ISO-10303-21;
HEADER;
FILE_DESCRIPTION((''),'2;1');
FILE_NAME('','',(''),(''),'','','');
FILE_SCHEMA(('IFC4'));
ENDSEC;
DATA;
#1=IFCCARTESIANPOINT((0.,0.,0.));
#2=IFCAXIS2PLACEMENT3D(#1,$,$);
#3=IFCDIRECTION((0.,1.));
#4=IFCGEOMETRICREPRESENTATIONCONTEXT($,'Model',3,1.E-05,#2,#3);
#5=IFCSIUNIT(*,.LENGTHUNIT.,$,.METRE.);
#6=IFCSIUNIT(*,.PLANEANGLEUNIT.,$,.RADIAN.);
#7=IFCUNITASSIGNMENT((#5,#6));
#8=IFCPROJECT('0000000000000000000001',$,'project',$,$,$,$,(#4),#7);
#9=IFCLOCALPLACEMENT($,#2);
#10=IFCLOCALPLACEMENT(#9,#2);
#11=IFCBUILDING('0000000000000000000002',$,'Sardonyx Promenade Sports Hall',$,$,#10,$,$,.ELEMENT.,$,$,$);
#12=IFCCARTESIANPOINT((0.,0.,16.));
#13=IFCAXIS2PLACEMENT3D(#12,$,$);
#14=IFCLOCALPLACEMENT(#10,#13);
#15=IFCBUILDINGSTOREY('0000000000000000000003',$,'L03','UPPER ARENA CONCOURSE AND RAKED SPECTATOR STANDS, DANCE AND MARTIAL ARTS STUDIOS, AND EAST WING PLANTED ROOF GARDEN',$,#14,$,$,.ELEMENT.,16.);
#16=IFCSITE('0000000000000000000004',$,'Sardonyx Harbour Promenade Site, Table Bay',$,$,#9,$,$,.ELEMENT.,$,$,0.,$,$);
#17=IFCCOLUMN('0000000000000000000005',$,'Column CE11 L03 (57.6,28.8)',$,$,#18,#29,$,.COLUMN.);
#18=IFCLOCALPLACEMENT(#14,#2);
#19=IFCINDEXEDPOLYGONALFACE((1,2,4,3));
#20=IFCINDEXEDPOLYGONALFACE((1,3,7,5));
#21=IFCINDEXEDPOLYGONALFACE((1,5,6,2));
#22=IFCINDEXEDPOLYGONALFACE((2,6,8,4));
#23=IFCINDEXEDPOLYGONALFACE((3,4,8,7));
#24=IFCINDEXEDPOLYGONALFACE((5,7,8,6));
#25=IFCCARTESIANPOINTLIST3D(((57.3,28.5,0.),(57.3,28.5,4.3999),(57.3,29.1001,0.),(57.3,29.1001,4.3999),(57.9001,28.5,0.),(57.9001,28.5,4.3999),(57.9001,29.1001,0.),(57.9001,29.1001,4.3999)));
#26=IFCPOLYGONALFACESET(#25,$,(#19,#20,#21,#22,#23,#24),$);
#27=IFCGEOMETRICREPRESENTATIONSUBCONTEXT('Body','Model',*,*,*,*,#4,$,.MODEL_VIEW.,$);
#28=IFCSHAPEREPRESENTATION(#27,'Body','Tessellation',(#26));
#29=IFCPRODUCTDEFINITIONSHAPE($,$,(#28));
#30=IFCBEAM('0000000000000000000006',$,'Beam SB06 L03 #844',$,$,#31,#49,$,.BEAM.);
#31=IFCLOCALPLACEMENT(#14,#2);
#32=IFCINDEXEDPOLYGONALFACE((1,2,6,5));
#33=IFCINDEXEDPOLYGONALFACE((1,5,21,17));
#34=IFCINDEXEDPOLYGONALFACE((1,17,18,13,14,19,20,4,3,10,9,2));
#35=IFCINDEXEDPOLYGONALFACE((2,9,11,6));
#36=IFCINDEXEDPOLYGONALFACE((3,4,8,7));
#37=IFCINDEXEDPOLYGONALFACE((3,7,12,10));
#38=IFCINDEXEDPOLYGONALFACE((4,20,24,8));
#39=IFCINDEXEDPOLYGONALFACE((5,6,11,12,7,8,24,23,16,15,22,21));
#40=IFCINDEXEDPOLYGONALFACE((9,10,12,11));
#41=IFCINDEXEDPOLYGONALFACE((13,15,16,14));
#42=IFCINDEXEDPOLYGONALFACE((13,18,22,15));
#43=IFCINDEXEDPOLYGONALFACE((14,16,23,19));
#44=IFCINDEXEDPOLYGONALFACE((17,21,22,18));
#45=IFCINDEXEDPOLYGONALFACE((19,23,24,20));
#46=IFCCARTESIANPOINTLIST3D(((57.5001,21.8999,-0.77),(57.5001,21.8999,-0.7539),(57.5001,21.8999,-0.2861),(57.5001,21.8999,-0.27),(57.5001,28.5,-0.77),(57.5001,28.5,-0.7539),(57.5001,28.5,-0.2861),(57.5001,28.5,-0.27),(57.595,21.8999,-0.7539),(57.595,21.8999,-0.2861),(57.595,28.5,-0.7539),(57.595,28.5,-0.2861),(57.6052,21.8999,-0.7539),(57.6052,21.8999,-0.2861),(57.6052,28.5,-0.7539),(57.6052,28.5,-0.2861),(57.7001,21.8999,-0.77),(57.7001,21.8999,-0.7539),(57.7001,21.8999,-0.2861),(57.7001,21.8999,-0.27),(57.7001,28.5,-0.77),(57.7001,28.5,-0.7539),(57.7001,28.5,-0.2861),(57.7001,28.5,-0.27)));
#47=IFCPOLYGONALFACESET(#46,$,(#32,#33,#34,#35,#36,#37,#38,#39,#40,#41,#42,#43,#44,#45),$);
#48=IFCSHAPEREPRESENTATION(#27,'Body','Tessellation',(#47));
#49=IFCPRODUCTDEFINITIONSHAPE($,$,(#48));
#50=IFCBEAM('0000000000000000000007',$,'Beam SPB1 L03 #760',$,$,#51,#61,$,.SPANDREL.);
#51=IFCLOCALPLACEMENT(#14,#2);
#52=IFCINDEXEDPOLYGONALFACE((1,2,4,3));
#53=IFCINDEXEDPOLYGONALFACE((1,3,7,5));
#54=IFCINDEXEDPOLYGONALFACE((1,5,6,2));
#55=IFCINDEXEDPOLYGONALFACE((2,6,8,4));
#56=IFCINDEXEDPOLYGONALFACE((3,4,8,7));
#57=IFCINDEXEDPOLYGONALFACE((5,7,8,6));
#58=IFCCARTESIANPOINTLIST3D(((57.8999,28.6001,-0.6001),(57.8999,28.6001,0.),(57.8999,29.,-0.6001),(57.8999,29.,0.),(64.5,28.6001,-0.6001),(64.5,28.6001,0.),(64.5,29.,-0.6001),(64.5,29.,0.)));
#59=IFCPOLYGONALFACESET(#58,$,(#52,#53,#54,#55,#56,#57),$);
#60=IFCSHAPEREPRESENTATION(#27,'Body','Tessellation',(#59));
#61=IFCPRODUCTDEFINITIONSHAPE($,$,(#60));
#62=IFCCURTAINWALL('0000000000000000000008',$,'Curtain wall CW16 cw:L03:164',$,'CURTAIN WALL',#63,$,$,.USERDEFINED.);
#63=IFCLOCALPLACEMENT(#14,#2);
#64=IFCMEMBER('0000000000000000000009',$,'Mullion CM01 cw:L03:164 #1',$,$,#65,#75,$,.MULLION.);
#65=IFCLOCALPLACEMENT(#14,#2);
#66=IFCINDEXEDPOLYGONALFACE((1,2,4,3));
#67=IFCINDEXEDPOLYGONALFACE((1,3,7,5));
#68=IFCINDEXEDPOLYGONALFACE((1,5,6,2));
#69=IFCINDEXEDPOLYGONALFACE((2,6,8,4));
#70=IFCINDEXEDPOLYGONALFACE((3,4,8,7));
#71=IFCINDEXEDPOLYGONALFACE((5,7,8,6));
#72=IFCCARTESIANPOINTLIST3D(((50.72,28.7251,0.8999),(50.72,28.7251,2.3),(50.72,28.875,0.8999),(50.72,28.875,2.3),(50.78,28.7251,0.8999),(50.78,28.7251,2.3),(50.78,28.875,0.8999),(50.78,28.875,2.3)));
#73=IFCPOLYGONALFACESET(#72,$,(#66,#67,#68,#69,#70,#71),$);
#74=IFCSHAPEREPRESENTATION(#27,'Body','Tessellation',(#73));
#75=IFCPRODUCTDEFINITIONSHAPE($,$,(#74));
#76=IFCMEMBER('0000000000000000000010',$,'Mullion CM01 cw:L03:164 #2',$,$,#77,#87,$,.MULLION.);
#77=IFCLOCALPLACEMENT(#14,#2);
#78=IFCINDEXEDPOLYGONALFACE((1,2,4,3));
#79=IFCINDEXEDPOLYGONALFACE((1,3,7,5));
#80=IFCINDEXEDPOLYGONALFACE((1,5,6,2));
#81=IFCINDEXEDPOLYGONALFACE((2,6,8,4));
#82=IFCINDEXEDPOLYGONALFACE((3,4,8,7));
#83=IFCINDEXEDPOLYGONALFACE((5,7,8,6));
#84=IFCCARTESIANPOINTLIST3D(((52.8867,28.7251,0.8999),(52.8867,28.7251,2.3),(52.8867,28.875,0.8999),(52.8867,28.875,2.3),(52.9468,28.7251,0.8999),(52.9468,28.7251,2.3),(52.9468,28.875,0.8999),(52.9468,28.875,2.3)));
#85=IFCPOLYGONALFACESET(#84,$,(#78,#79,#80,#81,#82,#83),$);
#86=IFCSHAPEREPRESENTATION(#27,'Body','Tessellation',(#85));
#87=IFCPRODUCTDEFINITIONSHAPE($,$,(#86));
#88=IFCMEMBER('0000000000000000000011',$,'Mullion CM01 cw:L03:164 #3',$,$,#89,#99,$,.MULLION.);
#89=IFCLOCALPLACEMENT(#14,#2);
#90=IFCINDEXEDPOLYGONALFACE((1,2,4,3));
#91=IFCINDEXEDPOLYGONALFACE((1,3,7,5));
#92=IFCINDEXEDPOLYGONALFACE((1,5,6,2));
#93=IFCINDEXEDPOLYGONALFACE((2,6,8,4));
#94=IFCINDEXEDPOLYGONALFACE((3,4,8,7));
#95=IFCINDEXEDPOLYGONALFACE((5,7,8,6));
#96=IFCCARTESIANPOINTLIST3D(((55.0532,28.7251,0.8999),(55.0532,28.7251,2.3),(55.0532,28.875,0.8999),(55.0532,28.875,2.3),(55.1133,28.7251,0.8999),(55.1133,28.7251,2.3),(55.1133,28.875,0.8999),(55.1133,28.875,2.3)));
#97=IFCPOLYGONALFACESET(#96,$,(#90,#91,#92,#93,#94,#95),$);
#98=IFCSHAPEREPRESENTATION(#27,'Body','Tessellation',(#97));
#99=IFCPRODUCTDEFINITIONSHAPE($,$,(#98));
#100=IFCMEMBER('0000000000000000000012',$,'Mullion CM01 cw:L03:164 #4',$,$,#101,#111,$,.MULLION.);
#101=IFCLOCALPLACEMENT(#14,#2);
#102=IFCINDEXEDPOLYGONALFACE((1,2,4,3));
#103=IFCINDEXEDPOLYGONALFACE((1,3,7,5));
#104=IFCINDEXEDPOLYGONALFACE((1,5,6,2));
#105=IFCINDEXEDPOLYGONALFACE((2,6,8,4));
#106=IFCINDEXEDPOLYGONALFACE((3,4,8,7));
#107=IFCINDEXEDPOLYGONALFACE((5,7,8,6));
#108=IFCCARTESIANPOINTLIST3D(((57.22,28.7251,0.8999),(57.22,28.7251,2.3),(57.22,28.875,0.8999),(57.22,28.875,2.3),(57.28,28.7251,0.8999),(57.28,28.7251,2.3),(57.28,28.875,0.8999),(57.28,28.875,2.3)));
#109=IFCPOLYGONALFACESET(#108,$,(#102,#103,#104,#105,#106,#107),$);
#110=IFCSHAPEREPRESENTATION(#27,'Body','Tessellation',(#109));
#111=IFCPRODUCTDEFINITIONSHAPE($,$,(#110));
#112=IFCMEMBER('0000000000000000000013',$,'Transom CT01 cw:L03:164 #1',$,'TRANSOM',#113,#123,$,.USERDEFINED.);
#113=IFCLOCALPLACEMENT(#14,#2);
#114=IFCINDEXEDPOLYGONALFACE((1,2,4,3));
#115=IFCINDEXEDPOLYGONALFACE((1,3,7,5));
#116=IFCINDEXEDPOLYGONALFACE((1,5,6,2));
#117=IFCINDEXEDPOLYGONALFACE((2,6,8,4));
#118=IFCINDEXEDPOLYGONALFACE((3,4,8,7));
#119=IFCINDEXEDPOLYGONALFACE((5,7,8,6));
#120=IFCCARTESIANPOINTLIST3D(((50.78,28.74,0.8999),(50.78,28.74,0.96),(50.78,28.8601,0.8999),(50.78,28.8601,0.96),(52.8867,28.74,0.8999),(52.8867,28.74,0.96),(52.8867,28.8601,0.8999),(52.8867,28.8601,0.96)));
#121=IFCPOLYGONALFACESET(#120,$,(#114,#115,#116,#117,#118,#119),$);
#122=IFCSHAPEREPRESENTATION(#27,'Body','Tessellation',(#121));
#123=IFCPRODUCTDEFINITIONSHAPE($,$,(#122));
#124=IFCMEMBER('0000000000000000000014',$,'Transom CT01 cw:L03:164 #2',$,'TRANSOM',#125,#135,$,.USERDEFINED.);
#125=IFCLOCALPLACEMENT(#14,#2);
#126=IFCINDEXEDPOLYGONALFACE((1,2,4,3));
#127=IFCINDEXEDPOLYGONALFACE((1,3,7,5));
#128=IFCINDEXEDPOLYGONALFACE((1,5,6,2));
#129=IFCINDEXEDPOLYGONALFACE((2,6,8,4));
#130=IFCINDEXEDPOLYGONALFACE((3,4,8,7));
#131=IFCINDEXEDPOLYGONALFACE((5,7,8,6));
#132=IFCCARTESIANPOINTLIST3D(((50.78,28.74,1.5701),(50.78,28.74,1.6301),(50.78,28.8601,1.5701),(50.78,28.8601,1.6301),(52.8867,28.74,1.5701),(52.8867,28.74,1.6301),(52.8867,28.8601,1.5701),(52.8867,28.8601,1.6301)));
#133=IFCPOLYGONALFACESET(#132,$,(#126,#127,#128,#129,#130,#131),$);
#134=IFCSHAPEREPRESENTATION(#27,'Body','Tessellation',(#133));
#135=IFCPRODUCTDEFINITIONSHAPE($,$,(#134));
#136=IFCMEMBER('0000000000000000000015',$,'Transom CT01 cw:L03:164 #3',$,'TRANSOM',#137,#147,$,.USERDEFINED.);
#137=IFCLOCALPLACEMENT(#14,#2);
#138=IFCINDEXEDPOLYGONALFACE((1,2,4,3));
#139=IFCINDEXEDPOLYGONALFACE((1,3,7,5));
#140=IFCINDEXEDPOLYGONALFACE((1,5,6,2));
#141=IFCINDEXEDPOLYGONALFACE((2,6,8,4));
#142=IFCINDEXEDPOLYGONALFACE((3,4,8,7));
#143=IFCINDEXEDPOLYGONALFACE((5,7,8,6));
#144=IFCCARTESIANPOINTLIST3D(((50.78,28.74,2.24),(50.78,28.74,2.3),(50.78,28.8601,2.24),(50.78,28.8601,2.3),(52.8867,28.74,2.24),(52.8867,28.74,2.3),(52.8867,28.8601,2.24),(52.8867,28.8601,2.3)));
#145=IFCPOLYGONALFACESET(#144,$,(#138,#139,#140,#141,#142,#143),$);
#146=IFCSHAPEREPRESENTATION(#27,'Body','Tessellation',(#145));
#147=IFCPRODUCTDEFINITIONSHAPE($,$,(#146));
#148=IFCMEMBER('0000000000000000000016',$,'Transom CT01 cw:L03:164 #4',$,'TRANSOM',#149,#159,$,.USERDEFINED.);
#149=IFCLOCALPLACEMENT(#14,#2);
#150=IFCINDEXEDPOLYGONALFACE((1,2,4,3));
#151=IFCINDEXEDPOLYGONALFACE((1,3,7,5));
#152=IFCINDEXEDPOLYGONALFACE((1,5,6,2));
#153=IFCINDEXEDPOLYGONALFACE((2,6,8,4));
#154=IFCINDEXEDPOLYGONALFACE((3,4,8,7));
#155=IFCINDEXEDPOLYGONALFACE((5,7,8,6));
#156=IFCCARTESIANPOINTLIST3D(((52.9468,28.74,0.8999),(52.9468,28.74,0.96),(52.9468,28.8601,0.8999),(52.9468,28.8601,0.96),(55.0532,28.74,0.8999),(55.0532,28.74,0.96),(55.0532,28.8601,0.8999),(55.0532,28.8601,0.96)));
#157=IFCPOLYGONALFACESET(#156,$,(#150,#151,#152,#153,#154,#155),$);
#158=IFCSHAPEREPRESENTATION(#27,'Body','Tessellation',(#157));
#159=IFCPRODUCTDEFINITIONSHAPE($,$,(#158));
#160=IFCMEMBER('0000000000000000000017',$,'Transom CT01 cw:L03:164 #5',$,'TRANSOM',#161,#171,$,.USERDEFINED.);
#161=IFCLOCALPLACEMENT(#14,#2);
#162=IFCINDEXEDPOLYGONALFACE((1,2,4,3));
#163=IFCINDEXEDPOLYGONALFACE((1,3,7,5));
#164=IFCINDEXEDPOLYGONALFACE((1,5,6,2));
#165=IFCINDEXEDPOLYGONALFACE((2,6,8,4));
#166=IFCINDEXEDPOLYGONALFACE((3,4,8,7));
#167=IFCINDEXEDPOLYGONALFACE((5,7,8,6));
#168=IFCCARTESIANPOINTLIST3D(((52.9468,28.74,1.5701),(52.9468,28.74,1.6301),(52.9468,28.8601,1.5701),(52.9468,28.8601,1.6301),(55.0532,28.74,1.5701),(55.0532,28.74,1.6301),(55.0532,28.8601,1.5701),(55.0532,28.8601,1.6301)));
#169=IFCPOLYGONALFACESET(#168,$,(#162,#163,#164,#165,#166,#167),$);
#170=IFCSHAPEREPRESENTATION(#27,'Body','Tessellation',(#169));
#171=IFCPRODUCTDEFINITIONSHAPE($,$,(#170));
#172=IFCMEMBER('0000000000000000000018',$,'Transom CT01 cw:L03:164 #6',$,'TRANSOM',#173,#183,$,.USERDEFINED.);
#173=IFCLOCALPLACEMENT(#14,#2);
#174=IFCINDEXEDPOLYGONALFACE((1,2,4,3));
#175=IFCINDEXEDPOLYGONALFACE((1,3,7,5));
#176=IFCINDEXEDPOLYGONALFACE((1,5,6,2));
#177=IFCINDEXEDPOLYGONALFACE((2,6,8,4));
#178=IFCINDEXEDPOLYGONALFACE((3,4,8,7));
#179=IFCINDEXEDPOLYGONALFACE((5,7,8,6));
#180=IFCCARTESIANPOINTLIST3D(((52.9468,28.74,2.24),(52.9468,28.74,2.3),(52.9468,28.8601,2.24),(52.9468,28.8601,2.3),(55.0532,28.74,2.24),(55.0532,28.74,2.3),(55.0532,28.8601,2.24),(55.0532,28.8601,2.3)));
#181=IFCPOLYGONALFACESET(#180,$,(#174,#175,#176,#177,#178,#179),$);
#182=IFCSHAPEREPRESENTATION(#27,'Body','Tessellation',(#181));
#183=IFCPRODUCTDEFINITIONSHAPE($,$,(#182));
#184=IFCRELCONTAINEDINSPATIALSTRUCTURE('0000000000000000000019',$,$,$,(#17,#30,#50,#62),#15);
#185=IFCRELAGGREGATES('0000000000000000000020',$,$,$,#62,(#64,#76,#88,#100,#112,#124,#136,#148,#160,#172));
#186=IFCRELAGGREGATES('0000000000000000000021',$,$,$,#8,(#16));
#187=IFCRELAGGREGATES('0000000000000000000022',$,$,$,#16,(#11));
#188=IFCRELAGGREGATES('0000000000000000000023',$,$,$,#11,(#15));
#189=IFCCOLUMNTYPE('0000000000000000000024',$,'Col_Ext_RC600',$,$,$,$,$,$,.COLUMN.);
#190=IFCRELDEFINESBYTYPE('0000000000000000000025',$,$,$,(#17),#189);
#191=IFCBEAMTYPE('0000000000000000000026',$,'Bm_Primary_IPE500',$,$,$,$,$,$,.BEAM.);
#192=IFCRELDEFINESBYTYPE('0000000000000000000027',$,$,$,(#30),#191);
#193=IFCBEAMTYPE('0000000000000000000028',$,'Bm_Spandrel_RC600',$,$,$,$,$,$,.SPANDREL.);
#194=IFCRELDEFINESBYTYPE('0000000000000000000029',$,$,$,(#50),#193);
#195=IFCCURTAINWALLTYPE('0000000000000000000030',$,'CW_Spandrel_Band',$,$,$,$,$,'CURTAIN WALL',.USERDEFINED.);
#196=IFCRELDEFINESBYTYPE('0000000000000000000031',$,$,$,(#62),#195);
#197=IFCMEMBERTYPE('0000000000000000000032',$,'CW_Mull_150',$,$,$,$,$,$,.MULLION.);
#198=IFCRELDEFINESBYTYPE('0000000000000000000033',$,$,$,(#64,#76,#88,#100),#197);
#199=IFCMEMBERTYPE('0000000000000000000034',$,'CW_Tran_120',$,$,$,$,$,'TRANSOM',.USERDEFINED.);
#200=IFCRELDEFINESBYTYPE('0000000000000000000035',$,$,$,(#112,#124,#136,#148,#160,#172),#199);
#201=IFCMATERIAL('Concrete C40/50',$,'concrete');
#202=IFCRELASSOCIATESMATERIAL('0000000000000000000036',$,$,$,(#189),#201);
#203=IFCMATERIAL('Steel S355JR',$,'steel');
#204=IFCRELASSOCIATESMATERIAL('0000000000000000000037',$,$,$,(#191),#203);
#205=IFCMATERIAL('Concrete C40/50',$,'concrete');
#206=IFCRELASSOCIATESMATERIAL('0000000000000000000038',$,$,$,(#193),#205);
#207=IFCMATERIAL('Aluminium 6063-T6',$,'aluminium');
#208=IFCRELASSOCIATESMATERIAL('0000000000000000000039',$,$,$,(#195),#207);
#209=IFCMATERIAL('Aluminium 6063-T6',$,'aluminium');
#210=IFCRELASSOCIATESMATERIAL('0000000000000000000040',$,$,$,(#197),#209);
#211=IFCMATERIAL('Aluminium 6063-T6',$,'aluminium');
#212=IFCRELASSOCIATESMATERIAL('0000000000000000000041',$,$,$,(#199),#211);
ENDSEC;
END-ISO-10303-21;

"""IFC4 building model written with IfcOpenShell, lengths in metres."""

from ifc_helpers import new_model, si_unit, direction, frame, origin, origin_2d, place, context, subcontext, project, spatial, rectangle, i_section, extrude, material, material_profile, profile_set, type_object, element, aggregate, save


model = new_model("IFC4")

# Units and contexts
model_context = context("Model", 3, precision=1e-05, world=origin(), true_north=direction((0.0, 1.0)))
body_context = subcontext(model_context, "Body", "Model", "MODEL_VIEW")
ifc_project = project(units=[si_unit("LENGTHUNIT", "METRE"), si_unit("PLANEANGLEUNIT", "RADIAN")], contexts=[model_context])

# Site, building, storey
site_placement = place(None, origin())
site = spatial("IfcSite", under=ifc_project, at=site_placement, Name="Sardonyx Harbour Promenade Site, Table Bay", CompositionType="ELEMENT", RefElevation=0.0)
building_placement = place(site_placement, origin())
building = spatial("IfcBuilding", under=site, at=building_placement, Name="Sardonyx Promenade Sports Hall", CompositionType="ELEMENT")
storey_placement = place(building_placement, frame((0.0, 0.0, 16.0)))
storey = spatial("IfcBuildingStorey", under=building, at=storey_placement, Name="L03", Description="UPPER ARENA CONCOURSE AND RAKED SPECTATOR STANDS, DANCE AND MARTIAL ARTS STUDIOS, AND EAST WING PLANTED ROOF GARDEN", CompositionType="ELEMENT", Elevation=16.0)

# Column
ifc_material_1 = material(Name="Concrete C40/50", Category="concrete")
ifc_material_profile_1 = material_profile(ifc_material_1, rectangle(XDim=0.6001, YDim=0.6001, at=origin_2d()))
ifc_profile_set_1 = profile_set([ifc_material_profile_1], Name="Concrete C40/50")
column_type = type_object("IfcColumnType", Name="Col_Ext_RC600", PredefinedType="COLUMN", material=ifc_profile_set_1)
column_placement = place(storey_placement, frame((57.6001, 28.8, 0.0), z_axis=(0.0, 0.0, 1.0), x_axis=(1.0, 0.0, 0.0)))
element("IfcColumn", 1, at=column_placement, inside=storey, type_object=column_type, Name="Column CE11 L03 (57.6,28.8)", PredefinedType="COLUMN", context=body_context, shape_type="SweptSolid", body=[
    extrude(rectangle(XDim=0.6001, YDim=0.6001, at=origin_2d()), origin(), (0.0, 0.0, 1.0), 4.3999),
])

# Beams
ifc_material_2 = material(Name="Steel S355JR", Category="steel")
ifc_material_profile_2 = material_profile(ifc_material_2, i_section(OverallWidth=0.2, OverallDepth=0.5, WebThickness=0.0103, FlangeThickness=0.0161, at=origin_2d()))
ifc_profile_set_2 = profile_set([ifc_material_profile_2], Name="Steel S355JR")
beam_type_1 = type_object("IfcBeamType", Name="Bm_Primary_IPE500", PredefinedType="BEAM", material=ifc_profile_set_2)
beam_1_placement = place(storey_placement, frame((57.6001, 21.8999, -0.52), z_axis=(0.0, 1.0, 0.0), x_axis=(-1.0, 0.0, 0.0)))
element("IfcBeam", 2, at=beam_1_placement, inside=storey, type_object=beam_type_1, Name="Beam SB06 L03 #844", PredefinedType="BEAM", context=body_context, shape_type="SweptSolid", body=[
    extrude(i_section(OverallWidth=0.2, OverallDepth=0.5, WebThickness=0.0103, FlangeThickness=0.0161, at=origin_2d()), origin(), (0.0, 0.0, 1.0), 6.6001),
])
ifc_material_3 = material(Name="Concrete C40/50", Category="concrete")
ifc_material_profile_3 = material_profile(ifc_material_3, rectangle(XDim=0.3999, YDim=0.6001, at=origin_2d()))
ifc_profile_set_3 = profile_set([ifc_material_profile_3], Name="Concrete C40/50")
beam_type_2 = type_object("IfcBeamType", Name="Bm_Spandrel_RC600", PredefinedType="SPANDREL", material=ifc_profile_set_3)
beam_2_placement = place(storey_placement, frame((57.8999, 28.8, -0.3), z_axis=(1.0, 0.0, 0.0), x_axis=(0.0, 1.0, 0.0)))
element("IfcBeam", 3, at=beam_2_placement, inside=storey, type_object=beam_type_2, Name="Beam SPB1 L03 #760", PredefinedType="SPANDREL", context=body_context, shape_type="SweptSolid", body=[
    extrude(rectangle(XDim=0.3999, YDim=0.6001, at=origin_2d()), origin(), (0.0, 0.0, 1.0), 6.6001),
])

# Curtain wall, members
ifc_material_4 = material(Name="Aluminium 6063-T6", Category="aluminium")
curtain_wall_type = type_object("IfcCurtainWallType", Name="CW_Spandrel_Band", ElementType="CURTAIN WALL", PredefinedType="USERDEFINED", material=ifc_material_4)
curtain_wall_placement = place(storey_placement, origin())
curtain_wall = element("IfcCurtainWall", 4, at=curtain_wall_placement, inside=storey, type_object=curtain_wall_type, Name="Curtain wall CW16 cw:L03:164", ObjectType="CURTAIN WALL", PredefinedType="USERDEFINED")
ifc_material_5 = material(Name="Aluminium 6063-T6", Category="aluminium")
ifc_material_profile_4 = material_profile(ifc_material_5, rectangle(XDim=0.0601, YDim=0.1499, at=origin_2d()))
ifc_profile_set_4 = profile_set([ifc_material_profile_4], Name="Aluminium 6063-T6")
member_type_1 = type_object("IfcMemberType", Name="CW_Mull_150", PredefinedType="MULLION", material=ifc_profile_set_4)
member_1_placement = place(storey_placement, frame((50.75, 28.8, 0.8999), z_axis=(0.0, 0.0, 1.0), x_axis=(1.0, 0.0, 0.0)))
member_1 = element("IfcMember", 5, at=member_1_placement, type_object=member_type_1, Name="Mullion CM01 cw:L03:164 #1", PredefinedType="MULLION", context=body_context, shape_type="SweptSolid", body=[
    extrude(rectangle(XDim=0.0601, YDim=0.1499, at=origin_2d()), origin(), (0.0, 0.0, 1.0), 1.4001),
])
member_2_placement = place(storey_placement, frame((52.9167, 28.8, 0.8999), z_axis=(0.0, 0.0, 1.0), x_axis=(1.0, 0.0, 0.0)))
member_2 = element("IfcMember", 6, at=member_2_placement, type_object=member_type_1, Name="Mullion CM01 cw:L03:164 #2", PredefinedType="MULLION", context=body_context, shape_type="SweptSolid", body=[
    extrude(rectangle(XDim=0.0601, YDim=0.1499, at=origin_2d()), origin(), (0.0, 0.0, 1.0), 1.4001),
])
member_3_placement = place(storey_placement, frame((55.0833, 28.8, 0.8999), z_axis=(0.0, 0.0, 1.0), x_axis=(1.0, 0.0, 0.0)))
member_3 = element("IfcMember", 7, at=member_3_placement, type_object=member_type_1, Name="Mullion CM01 cw:L03:164 #3", PredefinedType="MULLION", context=body_context, shape_type="SweptSolid", body=[
    extrude(rectangle(XDim=0.0601, YDim=0.1499, at=origin_2d()), origin(), (0.0, 0.0, 1.0), 1.4001),
])
member_4_placement = place(storey_placement, frame((57.25, 28.8, 0.8999), z_axis=(0.0, 0.0, 1.0), x_axis=(1.0, 0.0, 0.0)))
member_4 = element("IfcMember", 8, at=member_4_placement, type_object=member_type_1, Name="Mullion CM01 cw:L03:164 #4", PredefinedType="MULLION", context=body_context, shape_type="SweptSolid", body=[
    extrude(rectangle(XDim=0.0601, YDim=0.1499, at=origin_2d()), origin(), (0.0, 0.0, 1.0), 1.4001),
])
ifc_material_6 = material(Name="Aluminium 6063-T6", Category="aluminium")
ifc_material_profile_5 = material_profile(ifc_material_6, rectangle(XDim=0.0601, YDim=0.1201, at=origin_2d()))
ifc_profile_set_5 = profile_set([ifc_material_profile_5], Name="Aluminium 6063-T6")
member_type_2 = type_object("IfcMemberType", Name="CW_Tran_120", ElementType="TRANSOM", PredefinedType="USERDEFINED", material=ifc_profile_set_5)
member_5_placement = place(storey_placement, frame((50.78, 28.8, 0.9299), z_axis=(1.0, 0.0, 0.0), x_axis=(0.0, 0.0, 1.0)))
member_5 = element("IfcMember", 9, at=member_5_placement, type_object=member_type_2, Name="Transom CT01 cw:L03:164 #1", ObjectType="TRANSOM", PredefinedType="USERDEFINED", context=body_context, shape_type="SweptSolid", body=[
    extrude(rectangle(XDim=0.0601, YDim=0.1201, at=origin_2d()), origin(), (0.0, 0.0, 1.0), 2.1067),
])
member_6_placement = place(storey_placement, frame((50.78, 28.8, 1.6001), z_axis=(1.0, 0.0, 0.0), x_axis=(0.0, 0.0, 1.0)))
member_6 = element("IfcMember", 10, at=member_6_placement, type_object=member_type_2, Name="Transom CT01 cw:L03:164 #2", ObjectType="TRANSOM", PredefinedType="USERDEFINED", context=body_context, shape_type="SweptSolid", body=[
    extrude(rectangle(XDim=0.0601, YDim=0.1201, at=origin_2d()), origin(), (0.0, 0.0, 1.0), 2.1067),
])
member_7_placement = place(storey_placement, frame((50.78, 28.8, 2.27), z_axis=(1.0, 0.0, 0.0), x_axis=(0.0, 0.0, 1.0)))
member_7 = element("IfcMember", 11, at=member_7_placement, type_object=member_type_2, Name="Transom CT01 cw:L03:164 #3", ObjectType="TRANSOM", PredefinedType="USERDEFINED", context=body_context, shape_type="SweptSolid", body=[
    extrude(rectangle(XDim=0.0601, YDim=0.1201, at=origin_2d()), origin(), (0.0, 0.0, 1.0), 2.1067),
])
member_8_placement = place(storey_placement, frame((52.9468, 28.8, 0.9299), z_axis=(1.0, 0.0, 0.0), x_axis=(0.0, 0.0, 1.0)))
member_8 = element("IfcMember", 12, at=member_8_placement, type_object=member_type_2, Name="Transom CT01 cw:L03:164 #4", ObjectType="TRANSOM", PredefinedType="USERDEFINED", context=body_context, shape_type="SweptSolid", body=[
    extrude(rectangle(XDim=0.0601, YDim=0.1201, at=origin_2d()), origin(), (0.0, 0.0, 1.0), 2.1064),
])
member_9_placement = place(storey_placement, frame((52.9468, 28.8, 1.6001), z_axis=(1.0, 0.0, 0.0), x_axis=(0.0, 0.0, 1.0)))
member_9 = element("IfcMember", 13, at=member_9_placement, type_object=member_type_2, Name="Transom CT01 cw:L03:164 #5", ObjectType="TRANSOM", PredefinedType="USERDEFINED", context=body_context, shape_type="SweptSolid", body=[
    extrude(rectangle(XDim=0.0601, YDim=0.1201, at=origin_2d()), origin(), (0.0, 0.0, 1.0), 2.1064),
])
member_10_placement = place(storey_placement, frame((52.9468, 28.8, 2.27), z_axis=(1.0, 0.0, 0.0), x_axis=(0.0, 0.0, 1.0)))
member_10 = element("IfcMember", 14, at=member_10_placement, type_object=member_type_2, Name="Transom CT01 cw:L03:164 #6", ObjectType="TRANSOM", PredefinedType="USERDEFINED", context=body_context, shape_type="SweptSolid", body=[
    extrude(rectangle(XDim=0.0601, YDim=0.1201, at=origin_2d()), origin(), (0.0, 0.0, 1.0), 2.1064),
])
aggregate(curtain_wall, [member_1, member_2, member_3, member_4, member_5, member_6, member_7, member_8, member_9, member_10])

save(model, "model.ifc")
